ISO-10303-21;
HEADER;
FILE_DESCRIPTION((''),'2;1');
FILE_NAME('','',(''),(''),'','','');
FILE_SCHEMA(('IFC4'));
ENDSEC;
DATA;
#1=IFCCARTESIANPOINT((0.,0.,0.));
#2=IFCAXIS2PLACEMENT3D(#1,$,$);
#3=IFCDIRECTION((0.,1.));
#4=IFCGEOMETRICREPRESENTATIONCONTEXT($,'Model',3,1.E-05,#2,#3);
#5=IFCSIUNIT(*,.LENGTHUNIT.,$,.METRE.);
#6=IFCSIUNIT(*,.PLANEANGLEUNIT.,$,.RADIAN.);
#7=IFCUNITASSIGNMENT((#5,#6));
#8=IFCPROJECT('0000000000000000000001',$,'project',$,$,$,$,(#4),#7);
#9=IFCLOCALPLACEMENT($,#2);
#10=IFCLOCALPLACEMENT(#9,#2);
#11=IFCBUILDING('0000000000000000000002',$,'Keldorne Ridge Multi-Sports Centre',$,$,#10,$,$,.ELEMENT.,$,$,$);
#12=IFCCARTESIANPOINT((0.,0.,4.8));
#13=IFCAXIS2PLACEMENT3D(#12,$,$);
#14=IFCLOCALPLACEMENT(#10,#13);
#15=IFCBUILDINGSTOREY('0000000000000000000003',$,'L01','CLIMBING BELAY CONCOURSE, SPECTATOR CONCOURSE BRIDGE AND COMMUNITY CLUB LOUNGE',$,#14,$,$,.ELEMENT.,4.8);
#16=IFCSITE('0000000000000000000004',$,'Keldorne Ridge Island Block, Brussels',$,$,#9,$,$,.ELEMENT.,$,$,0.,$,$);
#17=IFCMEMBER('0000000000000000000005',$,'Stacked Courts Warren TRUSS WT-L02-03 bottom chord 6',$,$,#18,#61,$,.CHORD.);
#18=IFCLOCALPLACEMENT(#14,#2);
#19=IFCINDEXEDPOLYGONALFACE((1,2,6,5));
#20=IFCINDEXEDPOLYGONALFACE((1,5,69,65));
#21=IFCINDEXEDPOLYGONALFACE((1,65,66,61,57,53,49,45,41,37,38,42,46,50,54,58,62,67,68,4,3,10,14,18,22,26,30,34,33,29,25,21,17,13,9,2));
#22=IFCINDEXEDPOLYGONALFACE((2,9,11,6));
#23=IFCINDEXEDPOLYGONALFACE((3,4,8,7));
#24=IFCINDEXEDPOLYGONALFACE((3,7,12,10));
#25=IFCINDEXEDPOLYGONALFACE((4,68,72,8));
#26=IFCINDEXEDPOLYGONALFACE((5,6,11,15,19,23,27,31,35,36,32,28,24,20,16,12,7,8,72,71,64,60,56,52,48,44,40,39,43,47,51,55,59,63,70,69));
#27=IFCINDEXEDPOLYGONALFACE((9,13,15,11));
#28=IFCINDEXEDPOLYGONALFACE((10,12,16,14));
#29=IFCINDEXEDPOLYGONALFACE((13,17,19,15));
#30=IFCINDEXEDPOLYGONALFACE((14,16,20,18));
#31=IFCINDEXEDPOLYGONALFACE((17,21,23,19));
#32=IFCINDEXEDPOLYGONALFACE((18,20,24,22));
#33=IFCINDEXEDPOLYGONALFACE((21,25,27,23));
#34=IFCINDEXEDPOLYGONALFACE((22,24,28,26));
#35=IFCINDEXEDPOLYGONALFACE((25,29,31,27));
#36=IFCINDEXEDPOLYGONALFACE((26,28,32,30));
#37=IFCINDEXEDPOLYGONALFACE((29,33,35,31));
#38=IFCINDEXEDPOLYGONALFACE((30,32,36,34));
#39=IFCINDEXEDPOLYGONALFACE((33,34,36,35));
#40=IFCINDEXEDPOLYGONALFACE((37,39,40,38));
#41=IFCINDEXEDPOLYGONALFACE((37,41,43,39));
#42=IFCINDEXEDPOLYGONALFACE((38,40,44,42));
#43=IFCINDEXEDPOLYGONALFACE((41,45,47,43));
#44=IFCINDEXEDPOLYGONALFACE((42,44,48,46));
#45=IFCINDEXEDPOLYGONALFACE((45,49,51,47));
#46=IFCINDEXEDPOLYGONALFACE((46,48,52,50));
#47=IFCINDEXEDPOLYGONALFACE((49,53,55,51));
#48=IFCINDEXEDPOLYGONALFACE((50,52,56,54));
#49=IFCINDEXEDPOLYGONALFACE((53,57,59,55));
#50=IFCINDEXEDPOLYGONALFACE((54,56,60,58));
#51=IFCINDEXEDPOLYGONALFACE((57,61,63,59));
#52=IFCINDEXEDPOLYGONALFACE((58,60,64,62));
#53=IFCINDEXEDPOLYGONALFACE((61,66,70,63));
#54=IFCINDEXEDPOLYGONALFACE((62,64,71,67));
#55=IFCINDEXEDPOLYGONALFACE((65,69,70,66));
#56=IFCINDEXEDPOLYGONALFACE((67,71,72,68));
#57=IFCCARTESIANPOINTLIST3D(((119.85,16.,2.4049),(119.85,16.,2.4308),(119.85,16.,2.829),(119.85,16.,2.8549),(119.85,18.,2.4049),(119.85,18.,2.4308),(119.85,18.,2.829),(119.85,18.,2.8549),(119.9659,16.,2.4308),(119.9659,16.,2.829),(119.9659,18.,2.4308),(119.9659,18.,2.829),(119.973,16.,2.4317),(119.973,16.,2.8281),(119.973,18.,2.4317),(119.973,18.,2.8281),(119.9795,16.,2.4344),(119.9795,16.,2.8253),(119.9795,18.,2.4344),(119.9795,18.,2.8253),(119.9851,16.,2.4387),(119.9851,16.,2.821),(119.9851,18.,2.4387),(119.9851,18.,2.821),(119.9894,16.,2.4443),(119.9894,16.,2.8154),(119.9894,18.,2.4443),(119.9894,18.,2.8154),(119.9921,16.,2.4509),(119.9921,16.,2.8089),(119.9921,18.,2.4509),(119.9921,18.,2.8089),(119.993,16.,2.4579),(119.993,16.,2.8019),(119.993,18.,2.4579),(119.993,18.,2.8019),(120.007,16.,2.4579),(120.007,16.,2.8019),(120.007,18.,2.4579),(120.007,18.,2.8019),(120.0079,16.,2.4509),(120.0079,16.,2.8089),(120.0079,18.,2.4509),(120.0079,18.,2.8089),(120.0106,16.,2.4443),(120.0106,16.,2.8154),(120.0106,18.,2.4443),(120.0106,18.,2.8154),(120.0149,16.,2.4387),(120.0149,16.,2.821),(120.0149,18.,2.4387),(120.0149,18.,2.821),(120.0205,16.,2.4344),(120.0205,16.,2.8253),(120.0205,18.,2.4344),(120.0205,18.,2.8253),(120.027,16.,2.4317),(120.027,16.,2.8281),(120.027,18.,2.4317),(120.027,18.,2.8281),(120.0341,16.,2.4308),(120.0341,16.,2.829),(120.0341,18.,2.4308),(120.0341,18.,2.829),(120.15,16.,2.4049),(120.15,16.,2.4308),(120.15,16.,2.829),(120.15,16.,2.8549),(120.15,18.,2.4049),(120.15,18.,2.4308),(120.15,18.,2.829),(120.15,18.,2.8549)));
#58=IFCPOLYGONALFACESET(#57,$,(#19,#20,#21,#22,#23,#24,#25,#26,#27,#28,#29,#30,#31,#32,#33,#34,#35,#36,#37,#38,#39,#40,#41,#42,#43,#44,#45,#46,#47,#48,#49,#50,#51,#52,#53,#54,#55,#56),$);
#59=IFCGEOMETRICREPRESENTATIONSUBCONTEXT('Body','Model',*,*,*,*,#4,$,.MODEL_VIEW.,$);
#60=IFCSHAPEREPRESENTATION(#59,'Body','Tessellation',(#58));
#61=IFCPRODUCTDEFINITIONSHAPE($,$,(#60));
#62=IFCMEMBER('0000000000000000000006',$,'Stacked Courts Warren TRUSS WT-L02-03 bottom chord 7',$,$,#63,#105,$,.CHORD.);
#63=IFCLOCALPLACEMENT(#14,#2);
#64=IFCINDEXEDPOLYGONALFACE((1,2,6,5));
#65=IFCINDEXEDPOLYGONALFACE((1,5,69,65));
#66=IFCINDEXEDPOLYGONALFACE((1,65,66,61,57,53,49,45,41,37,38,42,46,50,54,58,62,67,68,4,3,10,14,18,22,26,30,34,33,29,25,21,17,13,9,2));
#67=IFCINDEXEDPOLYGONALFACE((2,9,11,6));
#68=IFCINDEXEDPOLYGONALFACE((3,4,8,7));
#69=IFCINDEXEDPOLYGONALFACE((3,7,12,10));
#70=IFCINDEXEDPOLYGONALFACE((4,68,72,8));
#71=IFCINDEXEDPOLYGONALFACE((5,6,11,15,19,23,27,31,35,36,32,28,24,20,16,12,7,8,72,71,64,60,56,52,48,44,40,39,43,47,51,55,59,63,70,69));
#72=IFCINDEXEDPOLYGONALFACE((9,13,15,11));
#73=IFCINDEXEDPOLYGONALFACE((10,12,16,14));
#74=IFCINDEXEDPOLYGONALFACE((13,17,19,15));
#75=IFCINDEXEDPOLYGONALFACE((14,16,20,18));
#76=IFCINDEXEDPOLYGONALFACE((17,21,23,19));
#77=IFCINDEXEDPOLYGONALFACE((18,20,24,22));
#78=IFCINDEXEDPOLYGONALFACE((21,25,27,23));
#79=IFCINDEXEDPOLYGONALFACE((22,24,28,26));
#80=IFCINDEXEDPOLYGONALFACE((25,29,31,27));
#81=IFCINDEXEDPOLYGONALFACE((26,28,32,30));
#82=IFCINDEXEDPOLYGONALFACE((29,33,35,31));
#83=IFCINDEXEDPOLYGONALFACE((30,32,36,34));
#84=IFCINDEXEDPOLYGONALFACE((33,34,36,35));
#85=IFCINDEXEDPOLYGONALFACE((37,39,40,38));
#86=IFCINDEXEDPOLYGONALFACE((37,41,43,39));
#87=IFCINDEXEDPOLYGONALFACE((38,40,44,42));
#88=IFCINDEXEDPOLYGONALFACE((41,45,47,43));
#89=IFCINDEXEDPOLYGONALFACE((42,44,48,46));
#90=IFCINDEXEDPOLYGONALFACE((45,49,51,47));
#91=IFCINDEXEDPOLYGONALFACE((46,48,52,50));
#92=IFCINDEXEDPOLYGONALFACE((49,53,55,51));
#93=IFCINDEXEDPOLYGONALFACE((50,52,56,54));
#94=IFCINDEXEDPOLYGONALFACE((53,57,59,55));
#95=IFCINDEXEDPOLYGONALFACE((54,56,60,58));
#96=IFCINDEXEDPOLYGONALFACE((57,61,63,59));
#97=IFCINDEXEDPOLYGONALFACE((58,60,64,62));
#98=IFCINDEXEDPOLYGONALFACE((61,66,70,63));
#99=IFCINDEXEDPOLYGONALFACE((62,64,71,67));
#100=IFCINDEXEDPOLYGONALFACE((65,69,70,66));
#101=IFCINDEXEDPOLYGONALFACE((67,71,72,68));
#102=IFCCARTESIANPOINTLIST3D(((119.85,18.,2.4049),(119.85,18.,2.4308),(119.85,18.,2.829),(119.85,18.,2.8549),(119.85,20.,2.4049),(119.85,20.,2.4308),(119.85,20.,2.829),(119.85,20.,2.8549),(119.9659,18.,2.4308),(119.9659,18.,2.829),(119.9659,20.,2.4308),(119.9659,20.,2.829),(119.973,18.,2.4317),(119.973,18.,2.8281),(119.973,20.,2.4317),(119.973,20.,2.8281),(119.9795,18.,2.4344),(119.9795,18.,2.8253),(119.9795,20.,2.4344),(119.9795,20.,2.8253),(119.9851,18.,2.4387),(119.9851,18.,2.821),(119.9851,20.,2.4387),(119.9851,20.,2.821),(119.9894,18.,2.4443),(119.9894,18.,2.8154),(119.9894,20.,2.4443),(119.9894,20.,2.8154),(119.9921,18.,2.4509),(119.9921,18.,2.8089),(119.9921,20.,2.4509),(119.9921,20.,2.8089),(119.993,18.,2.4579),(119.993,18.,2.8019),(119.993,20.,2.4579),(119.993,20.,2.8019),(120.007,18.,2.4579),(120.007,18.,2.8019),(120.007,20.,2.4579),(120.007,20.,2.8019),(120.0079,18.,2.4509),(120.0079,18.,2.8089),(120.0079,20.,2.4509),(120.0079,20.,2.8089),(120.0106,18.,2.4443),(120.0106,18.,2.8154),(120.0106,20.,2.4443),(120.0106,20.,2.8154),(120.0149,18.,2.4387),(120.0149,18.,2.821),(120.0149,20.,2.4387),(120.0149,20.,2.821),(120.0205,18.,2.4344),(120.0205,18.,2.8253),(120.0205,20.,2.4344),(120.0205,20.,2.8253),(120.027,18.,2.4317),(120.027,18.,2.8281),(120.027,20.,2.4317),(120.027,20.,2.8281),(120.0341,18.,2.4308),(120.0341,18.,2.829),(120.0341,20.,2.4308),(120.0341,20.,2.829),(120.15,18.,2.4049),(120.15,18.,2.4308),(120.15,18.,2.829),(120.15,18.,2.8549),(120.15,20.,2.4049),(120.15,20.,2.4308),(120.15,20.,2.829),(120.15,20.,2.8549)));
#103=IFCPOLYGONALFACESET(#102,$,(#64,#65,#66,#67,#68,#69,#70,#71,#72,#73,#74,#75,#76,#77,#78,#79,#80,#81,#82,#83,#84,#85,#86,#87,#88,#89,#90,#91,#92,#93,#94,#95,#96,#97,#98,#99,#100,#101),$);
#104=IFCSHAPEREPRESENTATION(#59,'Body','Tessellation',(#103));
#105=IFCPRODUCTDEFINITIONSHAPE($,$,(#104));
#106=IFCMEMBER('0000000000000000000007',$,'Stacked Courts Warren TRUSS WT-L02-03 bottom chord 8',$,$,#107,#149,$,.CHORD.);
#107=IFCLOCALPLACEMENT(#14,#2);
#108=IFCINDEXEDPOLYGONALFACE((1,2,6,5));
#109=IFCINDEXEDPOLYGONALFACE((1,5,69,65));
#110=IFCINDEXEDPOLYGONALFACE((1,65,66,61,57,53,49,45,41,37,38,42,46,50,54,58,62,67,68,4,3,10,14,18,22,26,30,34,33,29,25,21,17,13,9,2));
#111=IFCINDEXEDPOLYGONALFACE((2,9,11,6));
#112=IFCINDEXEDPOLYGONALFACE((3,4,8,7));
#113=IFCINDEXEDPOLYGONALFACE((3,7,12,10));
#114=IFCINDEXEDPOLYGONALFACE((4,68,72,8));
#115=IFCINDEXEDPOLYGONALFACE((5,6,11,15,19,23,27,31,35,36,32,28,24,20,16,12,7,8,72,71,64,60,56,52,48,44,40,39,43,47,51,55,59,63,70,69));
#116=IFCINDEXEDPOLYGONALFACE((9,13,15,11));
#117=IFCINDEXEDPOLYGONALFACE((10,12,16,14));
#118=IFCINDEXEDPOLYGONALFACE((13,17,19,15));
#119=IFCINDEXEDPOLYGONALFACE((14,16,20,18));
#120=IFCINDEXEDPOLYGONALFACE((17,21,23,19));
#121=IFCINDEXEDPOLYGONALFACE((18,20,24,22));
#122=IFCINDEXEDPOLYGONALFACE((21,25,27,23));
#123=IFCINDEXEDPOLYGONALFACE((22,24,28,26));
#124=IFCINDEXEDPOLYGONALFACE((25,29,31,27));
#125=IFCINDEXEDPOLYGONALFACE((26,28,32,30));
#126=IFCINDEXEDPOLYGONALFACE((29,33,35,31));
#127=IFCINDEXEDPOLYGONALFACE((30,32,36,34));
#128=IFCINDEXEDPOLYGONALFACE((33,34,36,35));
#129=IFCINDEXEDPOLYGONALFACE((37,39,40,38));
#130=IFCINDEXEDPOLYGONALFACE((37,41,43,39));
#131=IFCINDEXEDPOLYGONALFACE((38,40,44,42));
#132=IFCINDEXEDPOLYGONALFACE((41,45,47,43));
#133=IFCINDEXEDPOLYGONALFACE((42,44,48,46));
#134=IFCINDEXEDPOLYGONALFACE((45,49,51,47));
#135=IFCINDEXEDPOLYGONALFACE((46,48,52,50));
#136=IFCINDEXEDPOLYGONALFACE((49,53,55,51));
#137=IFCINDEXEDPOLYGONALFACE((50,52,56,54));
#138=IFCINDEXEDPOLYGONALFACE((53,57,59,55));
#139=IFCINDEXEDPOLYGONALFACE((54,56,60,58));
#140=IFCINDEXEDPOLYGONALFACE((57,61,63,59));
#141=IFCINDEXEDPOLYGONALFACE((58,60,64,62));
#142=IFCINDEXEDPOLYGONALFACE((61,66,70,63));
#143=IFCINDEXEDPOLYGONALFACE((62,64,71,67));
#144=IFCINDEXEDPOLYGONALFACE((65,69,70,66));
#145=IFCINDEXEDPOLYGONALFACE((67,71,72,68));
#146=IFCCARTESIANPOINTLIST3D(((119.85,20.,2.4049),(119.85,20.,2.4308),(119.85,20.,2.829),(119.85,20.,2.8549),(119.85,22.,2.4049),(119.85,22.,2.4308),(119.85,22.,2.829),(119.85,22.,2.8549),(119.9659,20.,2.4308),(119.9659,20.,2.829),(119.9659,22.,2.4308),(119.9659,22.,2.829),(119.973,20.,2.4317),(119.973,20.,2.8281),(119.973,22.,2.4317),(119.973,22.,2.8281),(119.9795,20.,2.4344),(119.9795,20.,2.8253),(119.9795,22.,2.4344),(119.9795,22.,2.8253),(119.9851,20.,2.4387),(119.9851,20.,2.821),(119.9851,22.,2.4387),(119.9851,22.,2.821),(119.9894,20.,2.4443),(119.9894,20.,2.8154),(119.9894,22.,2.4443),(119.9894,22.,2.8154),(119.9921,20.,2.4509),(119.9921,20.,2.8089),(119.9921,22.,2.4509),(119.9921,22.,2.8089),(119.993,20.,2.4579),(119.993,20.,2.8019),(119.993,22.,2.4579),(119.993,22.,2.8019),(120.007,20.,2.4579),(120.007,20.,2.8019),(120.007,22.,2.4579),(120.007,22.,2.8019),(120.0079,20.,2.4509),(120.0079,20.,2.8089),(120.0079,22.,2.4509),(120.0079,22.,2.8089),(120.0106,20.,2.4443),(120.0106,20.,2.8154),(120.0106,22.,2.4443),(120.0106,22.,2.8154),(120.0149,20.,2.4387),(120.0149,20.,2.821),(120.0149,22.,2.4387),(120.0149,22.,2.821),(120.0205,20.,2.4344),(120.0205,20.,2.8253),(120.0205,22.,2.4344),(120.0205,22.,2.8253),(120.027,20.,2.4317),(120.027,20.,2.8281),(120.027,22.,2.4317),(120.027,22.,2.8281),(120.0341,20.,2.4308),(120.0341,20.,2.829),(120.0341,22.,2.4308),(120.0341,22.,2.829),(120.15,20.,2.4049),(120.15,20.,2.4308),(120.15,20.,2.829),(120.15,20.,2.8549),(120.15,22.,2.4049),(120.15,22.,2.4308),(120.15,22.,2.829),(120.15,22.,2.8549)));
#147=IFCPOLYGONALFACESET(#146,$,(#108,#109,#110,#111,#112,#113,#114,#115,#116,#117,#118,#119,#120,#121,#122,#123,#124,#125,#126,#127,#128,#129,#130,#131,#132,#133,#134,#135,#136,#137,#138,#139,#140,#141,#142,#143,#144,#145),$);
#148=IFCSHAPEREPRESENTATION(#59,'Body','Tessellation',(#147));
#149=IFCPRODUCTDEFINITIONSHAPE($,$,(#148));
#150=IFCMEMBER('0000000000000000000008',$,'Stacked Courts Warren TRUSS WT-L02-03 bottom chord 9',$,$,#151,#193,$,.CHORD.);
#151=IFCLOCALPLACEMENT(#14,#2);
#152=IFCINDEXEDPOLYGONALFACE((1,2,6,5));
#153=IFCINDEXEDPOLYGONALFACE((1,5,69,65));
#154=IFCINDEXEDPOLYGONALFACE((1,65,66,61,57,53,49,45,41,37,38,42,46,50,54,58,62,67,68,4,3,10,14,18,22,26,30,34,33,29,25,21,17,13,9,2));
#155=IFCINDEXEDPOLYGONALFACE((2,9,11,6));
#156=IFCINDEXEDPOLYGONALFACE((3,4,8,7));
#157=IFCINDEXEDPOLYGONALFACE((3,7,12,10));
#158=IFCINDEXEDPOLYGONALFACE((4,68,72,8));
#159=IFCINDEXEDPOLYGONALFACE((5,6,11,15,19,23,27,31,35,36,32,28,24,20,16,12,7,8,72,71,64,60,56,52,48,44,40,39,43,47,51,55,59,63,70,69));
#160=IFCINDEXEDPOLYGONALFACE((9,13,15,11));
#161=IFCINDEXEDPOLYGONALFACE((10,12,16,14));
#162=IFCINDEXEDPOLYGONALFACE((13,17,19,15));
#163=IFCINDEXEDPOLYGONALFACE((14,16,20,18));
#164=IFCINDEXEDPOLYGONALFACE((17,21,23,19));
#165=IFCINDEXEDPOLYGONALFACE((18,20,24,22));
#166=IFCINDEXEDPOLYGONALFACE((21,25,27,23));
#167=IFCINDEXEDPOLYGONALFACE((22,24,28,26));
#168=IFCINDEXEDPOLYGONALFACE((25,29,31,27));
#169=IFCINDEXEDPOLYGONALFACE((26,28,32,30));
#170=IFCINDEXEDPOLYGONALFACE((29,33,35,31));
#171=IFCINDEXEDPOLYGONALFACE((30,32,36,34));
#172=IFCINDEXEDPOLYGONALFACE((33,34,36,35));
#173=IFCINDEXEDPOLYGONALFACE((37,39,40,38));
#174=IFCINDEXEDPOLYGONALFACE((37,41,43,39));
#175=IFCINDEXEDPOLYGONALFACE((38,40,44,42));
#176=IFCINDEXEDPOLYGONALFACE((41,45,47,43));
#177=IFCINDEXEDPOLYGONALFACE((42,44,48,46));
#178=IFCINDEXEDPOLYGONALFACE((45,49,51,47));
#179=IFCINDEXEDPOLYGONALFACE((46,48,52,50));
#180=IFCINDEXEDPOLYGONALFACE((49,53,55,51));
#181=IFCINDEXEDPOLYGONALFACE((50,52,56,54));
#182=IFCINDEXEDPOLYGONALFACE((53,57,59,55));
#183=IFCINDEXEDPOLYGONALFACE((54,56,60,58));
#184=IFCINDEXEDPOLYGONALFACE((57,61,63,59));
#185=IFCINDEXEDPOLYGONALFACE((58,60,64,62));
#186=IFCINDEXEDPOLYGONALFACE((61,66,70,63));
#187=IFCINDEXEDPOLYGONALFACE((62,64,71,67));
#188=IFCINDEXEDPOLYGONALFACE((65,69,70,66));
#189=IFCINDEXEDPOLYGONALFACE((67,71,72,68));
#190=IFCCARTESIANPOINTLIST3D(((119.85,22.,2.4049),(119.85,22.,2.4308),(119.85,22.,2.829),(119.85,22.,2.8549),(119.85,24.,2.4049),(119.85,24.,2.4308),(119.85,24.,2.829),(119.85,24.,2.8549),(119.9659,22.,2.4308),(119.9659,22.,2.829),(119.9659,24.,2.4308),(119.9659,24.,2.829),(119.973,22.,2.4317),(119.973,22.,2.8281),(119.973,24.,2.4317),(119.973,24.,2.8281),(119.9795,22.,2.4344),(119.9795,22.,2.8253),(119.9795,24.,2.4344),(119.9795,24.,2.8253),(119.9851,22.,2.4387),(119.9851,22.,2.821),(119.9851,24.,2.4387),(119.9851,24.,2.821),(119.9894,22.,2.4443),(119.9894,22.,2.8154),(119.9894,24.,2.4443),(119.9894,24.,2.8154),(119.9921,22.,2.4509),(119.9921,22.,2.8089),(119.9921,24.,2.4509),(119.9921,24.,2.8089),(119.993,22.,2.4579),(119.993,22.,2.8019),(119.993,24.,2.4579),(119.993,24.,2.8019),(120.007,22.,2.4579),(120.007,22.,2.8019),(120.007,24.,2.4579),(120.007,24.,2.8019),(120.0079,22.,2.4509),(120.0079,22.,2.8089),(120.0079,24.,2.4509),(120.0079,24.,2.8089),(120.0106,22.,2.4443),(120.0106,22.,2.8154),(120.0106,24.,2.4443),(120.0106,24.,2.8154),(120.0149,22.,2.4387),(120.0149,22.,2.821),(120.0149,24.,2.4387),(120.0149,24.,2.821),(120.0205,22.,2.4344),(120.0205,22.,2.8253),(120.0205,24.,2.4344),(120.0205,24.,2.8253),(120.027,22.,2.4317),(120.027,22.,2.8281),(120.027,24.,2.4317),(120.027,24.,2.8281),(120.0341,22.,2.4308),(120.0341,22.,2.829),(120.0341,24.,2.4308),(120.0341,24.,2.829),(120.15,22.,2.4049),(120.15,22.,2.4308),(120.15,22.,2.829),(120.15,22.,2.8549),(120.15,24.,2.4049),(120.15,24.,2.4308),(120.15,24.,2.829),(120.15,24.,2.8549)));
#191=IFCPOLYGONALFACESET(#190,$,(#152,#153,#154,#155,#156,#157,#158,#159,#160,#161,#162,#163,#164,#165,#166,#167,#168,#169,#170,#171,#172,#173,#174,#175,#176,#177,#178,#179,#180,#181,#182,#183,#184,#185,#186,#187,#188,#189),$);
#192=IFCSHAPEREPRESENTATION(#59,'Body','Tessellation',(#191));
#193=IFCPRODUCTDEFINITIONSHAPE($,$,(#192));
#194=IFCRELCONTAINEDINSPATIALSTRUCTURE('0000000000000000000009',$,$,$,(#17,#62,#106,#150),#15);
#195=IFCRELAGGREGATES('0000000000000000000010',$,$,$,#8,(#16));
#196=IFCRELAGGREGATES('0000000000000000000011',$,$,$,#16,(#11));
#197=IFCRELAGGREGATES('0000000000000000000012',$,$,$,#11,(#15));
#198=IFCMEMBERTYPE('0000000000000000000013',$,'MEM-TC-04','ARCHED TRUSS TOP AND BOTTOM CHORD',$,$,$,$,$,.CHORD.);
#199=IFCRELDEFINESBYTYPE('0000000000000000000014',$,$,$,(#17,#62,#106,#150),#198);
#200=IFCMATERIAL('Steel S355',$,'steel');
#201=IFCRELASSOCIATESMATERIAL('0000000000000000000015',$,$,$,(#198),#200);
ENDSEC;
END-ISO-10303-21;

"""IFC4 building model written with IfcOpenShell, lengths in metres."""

from ifc_helpers import new_model, si_unit, direction, frame, origin, origin_2d, place, context, subcontext, project, spatial, i_section, extrude, material, material_profile, profile_set, type_object, element, save


model = new_model("IFC4")

# Units and contexts
model_context = context("Model", 3, precision=1e-05, world=origin(), true_north=direction((0.0, 1.0)))
body_context = subcontext(model_context, "Body", "Model", "MODEL_VIEW")
ifc_project = project(units=[si_unit("LENGTHUNIT", "METRE"), si_unit("PLANEANGLEUNIT", "RADIAN")], contexts=[model_context])

# Site, building, storey
site_placement = place(None, origin())
site = spatial("IfcSite", under=ifc_project, at=site_placement, Name="Keldorne Ridge Island Block, Brussels", CompositionType="ELEMENT", RefElevation=0.0)
building_placement = place(site_placement, origin())
building = spatial("IfcBuilding", under=site, at=building_placement, Name="Keldorne Ridge Multi-Sports Centre", CompositionType="ELEMENT")
storey_placement = place(building_placement, frame((0.0, 0.0, 4.8)))
storey = spatial("IfcBuildingStorey", under=building, at=storey_placement, Name="L01", Description="CLIMBING BELAY CONCOURSE, SPECTATOR CONCOURSE BRIDGE AND COMMUNITY CLUB LOUNGE", CompositionType="ELEMENT", Elevation=4.8)

# Members
ifc_material = material(Name="Steel S355", Category="steel")
ifc_material_profile_1 = material_profile(ifc_material, i_section(OverallWidth=0.3, OverallDepth=0.45, WebThickness=0.0139, FlangeThickness=0.0259, FilletRadius=0.0271, at=origin_2d()), Name="HEB 450")
ifc_profile_set_1 = profile_set([ifc_material_profile_1], Name="Steel S355")
member_type_1 = type_object("IfcMemberType", Name="MEM-TC-04", Description="ARCHED TRUSS TOP AND BOTTOM CHORD", PredefinedType="CHORD", material=ifc_profile_set_1)
for number, where, z_axis, x_axis, name in (
    (1, (120.0, 16.0, 2.6299), (0.0, 1.0, 0.0), (-1.0, 0.0, 0.0), "Stacked Courts Warren TRUSS WT-L02-03 bottom chord 6"),
    (2, (120.0, 18.0, 2.6299), (0.0, 1.0, 0.0), (-1.0, 0.0, 0.0), "Stacked Courts Warren TRUSS WT-L02-03 bottom chord 7"),
    (3, (120.0, 20.0, 2.6299), (0.0, 1.0, 0.0), (-1.0, 0.0, 0.0), "Stacked Courts Warren TRUSS WT-L02-03 bottom chord 8"),
    (4, (120.0, 22.0, 2.6299), (0.0, 1.0, 0.0), (-1.0, 0.0, 0.0), "Stacked Courts Warren TRUSS WT-L02-03 bottom chord 9"),
):
    element("IfcMember", number, at=place(storey_placement, frame(where, z_axis=z_axis, x_axis=x_axis)), inside=storey, type_object=member_type_1, Name=name, PredefinedType="CHORD", context=body_context, shape_type="SweptSolid", body=[
        extrude(i_section(OverallWidth=0.3, OverallDepth=0.45, WebThickness=0.0139, FlangeThickness=0.0259, FilletRadius=0.0271, at=origin_2d()), origin(), (0.0, 0.0, 1.0), 2.0),
    ])

save(model, "model.ifc")
